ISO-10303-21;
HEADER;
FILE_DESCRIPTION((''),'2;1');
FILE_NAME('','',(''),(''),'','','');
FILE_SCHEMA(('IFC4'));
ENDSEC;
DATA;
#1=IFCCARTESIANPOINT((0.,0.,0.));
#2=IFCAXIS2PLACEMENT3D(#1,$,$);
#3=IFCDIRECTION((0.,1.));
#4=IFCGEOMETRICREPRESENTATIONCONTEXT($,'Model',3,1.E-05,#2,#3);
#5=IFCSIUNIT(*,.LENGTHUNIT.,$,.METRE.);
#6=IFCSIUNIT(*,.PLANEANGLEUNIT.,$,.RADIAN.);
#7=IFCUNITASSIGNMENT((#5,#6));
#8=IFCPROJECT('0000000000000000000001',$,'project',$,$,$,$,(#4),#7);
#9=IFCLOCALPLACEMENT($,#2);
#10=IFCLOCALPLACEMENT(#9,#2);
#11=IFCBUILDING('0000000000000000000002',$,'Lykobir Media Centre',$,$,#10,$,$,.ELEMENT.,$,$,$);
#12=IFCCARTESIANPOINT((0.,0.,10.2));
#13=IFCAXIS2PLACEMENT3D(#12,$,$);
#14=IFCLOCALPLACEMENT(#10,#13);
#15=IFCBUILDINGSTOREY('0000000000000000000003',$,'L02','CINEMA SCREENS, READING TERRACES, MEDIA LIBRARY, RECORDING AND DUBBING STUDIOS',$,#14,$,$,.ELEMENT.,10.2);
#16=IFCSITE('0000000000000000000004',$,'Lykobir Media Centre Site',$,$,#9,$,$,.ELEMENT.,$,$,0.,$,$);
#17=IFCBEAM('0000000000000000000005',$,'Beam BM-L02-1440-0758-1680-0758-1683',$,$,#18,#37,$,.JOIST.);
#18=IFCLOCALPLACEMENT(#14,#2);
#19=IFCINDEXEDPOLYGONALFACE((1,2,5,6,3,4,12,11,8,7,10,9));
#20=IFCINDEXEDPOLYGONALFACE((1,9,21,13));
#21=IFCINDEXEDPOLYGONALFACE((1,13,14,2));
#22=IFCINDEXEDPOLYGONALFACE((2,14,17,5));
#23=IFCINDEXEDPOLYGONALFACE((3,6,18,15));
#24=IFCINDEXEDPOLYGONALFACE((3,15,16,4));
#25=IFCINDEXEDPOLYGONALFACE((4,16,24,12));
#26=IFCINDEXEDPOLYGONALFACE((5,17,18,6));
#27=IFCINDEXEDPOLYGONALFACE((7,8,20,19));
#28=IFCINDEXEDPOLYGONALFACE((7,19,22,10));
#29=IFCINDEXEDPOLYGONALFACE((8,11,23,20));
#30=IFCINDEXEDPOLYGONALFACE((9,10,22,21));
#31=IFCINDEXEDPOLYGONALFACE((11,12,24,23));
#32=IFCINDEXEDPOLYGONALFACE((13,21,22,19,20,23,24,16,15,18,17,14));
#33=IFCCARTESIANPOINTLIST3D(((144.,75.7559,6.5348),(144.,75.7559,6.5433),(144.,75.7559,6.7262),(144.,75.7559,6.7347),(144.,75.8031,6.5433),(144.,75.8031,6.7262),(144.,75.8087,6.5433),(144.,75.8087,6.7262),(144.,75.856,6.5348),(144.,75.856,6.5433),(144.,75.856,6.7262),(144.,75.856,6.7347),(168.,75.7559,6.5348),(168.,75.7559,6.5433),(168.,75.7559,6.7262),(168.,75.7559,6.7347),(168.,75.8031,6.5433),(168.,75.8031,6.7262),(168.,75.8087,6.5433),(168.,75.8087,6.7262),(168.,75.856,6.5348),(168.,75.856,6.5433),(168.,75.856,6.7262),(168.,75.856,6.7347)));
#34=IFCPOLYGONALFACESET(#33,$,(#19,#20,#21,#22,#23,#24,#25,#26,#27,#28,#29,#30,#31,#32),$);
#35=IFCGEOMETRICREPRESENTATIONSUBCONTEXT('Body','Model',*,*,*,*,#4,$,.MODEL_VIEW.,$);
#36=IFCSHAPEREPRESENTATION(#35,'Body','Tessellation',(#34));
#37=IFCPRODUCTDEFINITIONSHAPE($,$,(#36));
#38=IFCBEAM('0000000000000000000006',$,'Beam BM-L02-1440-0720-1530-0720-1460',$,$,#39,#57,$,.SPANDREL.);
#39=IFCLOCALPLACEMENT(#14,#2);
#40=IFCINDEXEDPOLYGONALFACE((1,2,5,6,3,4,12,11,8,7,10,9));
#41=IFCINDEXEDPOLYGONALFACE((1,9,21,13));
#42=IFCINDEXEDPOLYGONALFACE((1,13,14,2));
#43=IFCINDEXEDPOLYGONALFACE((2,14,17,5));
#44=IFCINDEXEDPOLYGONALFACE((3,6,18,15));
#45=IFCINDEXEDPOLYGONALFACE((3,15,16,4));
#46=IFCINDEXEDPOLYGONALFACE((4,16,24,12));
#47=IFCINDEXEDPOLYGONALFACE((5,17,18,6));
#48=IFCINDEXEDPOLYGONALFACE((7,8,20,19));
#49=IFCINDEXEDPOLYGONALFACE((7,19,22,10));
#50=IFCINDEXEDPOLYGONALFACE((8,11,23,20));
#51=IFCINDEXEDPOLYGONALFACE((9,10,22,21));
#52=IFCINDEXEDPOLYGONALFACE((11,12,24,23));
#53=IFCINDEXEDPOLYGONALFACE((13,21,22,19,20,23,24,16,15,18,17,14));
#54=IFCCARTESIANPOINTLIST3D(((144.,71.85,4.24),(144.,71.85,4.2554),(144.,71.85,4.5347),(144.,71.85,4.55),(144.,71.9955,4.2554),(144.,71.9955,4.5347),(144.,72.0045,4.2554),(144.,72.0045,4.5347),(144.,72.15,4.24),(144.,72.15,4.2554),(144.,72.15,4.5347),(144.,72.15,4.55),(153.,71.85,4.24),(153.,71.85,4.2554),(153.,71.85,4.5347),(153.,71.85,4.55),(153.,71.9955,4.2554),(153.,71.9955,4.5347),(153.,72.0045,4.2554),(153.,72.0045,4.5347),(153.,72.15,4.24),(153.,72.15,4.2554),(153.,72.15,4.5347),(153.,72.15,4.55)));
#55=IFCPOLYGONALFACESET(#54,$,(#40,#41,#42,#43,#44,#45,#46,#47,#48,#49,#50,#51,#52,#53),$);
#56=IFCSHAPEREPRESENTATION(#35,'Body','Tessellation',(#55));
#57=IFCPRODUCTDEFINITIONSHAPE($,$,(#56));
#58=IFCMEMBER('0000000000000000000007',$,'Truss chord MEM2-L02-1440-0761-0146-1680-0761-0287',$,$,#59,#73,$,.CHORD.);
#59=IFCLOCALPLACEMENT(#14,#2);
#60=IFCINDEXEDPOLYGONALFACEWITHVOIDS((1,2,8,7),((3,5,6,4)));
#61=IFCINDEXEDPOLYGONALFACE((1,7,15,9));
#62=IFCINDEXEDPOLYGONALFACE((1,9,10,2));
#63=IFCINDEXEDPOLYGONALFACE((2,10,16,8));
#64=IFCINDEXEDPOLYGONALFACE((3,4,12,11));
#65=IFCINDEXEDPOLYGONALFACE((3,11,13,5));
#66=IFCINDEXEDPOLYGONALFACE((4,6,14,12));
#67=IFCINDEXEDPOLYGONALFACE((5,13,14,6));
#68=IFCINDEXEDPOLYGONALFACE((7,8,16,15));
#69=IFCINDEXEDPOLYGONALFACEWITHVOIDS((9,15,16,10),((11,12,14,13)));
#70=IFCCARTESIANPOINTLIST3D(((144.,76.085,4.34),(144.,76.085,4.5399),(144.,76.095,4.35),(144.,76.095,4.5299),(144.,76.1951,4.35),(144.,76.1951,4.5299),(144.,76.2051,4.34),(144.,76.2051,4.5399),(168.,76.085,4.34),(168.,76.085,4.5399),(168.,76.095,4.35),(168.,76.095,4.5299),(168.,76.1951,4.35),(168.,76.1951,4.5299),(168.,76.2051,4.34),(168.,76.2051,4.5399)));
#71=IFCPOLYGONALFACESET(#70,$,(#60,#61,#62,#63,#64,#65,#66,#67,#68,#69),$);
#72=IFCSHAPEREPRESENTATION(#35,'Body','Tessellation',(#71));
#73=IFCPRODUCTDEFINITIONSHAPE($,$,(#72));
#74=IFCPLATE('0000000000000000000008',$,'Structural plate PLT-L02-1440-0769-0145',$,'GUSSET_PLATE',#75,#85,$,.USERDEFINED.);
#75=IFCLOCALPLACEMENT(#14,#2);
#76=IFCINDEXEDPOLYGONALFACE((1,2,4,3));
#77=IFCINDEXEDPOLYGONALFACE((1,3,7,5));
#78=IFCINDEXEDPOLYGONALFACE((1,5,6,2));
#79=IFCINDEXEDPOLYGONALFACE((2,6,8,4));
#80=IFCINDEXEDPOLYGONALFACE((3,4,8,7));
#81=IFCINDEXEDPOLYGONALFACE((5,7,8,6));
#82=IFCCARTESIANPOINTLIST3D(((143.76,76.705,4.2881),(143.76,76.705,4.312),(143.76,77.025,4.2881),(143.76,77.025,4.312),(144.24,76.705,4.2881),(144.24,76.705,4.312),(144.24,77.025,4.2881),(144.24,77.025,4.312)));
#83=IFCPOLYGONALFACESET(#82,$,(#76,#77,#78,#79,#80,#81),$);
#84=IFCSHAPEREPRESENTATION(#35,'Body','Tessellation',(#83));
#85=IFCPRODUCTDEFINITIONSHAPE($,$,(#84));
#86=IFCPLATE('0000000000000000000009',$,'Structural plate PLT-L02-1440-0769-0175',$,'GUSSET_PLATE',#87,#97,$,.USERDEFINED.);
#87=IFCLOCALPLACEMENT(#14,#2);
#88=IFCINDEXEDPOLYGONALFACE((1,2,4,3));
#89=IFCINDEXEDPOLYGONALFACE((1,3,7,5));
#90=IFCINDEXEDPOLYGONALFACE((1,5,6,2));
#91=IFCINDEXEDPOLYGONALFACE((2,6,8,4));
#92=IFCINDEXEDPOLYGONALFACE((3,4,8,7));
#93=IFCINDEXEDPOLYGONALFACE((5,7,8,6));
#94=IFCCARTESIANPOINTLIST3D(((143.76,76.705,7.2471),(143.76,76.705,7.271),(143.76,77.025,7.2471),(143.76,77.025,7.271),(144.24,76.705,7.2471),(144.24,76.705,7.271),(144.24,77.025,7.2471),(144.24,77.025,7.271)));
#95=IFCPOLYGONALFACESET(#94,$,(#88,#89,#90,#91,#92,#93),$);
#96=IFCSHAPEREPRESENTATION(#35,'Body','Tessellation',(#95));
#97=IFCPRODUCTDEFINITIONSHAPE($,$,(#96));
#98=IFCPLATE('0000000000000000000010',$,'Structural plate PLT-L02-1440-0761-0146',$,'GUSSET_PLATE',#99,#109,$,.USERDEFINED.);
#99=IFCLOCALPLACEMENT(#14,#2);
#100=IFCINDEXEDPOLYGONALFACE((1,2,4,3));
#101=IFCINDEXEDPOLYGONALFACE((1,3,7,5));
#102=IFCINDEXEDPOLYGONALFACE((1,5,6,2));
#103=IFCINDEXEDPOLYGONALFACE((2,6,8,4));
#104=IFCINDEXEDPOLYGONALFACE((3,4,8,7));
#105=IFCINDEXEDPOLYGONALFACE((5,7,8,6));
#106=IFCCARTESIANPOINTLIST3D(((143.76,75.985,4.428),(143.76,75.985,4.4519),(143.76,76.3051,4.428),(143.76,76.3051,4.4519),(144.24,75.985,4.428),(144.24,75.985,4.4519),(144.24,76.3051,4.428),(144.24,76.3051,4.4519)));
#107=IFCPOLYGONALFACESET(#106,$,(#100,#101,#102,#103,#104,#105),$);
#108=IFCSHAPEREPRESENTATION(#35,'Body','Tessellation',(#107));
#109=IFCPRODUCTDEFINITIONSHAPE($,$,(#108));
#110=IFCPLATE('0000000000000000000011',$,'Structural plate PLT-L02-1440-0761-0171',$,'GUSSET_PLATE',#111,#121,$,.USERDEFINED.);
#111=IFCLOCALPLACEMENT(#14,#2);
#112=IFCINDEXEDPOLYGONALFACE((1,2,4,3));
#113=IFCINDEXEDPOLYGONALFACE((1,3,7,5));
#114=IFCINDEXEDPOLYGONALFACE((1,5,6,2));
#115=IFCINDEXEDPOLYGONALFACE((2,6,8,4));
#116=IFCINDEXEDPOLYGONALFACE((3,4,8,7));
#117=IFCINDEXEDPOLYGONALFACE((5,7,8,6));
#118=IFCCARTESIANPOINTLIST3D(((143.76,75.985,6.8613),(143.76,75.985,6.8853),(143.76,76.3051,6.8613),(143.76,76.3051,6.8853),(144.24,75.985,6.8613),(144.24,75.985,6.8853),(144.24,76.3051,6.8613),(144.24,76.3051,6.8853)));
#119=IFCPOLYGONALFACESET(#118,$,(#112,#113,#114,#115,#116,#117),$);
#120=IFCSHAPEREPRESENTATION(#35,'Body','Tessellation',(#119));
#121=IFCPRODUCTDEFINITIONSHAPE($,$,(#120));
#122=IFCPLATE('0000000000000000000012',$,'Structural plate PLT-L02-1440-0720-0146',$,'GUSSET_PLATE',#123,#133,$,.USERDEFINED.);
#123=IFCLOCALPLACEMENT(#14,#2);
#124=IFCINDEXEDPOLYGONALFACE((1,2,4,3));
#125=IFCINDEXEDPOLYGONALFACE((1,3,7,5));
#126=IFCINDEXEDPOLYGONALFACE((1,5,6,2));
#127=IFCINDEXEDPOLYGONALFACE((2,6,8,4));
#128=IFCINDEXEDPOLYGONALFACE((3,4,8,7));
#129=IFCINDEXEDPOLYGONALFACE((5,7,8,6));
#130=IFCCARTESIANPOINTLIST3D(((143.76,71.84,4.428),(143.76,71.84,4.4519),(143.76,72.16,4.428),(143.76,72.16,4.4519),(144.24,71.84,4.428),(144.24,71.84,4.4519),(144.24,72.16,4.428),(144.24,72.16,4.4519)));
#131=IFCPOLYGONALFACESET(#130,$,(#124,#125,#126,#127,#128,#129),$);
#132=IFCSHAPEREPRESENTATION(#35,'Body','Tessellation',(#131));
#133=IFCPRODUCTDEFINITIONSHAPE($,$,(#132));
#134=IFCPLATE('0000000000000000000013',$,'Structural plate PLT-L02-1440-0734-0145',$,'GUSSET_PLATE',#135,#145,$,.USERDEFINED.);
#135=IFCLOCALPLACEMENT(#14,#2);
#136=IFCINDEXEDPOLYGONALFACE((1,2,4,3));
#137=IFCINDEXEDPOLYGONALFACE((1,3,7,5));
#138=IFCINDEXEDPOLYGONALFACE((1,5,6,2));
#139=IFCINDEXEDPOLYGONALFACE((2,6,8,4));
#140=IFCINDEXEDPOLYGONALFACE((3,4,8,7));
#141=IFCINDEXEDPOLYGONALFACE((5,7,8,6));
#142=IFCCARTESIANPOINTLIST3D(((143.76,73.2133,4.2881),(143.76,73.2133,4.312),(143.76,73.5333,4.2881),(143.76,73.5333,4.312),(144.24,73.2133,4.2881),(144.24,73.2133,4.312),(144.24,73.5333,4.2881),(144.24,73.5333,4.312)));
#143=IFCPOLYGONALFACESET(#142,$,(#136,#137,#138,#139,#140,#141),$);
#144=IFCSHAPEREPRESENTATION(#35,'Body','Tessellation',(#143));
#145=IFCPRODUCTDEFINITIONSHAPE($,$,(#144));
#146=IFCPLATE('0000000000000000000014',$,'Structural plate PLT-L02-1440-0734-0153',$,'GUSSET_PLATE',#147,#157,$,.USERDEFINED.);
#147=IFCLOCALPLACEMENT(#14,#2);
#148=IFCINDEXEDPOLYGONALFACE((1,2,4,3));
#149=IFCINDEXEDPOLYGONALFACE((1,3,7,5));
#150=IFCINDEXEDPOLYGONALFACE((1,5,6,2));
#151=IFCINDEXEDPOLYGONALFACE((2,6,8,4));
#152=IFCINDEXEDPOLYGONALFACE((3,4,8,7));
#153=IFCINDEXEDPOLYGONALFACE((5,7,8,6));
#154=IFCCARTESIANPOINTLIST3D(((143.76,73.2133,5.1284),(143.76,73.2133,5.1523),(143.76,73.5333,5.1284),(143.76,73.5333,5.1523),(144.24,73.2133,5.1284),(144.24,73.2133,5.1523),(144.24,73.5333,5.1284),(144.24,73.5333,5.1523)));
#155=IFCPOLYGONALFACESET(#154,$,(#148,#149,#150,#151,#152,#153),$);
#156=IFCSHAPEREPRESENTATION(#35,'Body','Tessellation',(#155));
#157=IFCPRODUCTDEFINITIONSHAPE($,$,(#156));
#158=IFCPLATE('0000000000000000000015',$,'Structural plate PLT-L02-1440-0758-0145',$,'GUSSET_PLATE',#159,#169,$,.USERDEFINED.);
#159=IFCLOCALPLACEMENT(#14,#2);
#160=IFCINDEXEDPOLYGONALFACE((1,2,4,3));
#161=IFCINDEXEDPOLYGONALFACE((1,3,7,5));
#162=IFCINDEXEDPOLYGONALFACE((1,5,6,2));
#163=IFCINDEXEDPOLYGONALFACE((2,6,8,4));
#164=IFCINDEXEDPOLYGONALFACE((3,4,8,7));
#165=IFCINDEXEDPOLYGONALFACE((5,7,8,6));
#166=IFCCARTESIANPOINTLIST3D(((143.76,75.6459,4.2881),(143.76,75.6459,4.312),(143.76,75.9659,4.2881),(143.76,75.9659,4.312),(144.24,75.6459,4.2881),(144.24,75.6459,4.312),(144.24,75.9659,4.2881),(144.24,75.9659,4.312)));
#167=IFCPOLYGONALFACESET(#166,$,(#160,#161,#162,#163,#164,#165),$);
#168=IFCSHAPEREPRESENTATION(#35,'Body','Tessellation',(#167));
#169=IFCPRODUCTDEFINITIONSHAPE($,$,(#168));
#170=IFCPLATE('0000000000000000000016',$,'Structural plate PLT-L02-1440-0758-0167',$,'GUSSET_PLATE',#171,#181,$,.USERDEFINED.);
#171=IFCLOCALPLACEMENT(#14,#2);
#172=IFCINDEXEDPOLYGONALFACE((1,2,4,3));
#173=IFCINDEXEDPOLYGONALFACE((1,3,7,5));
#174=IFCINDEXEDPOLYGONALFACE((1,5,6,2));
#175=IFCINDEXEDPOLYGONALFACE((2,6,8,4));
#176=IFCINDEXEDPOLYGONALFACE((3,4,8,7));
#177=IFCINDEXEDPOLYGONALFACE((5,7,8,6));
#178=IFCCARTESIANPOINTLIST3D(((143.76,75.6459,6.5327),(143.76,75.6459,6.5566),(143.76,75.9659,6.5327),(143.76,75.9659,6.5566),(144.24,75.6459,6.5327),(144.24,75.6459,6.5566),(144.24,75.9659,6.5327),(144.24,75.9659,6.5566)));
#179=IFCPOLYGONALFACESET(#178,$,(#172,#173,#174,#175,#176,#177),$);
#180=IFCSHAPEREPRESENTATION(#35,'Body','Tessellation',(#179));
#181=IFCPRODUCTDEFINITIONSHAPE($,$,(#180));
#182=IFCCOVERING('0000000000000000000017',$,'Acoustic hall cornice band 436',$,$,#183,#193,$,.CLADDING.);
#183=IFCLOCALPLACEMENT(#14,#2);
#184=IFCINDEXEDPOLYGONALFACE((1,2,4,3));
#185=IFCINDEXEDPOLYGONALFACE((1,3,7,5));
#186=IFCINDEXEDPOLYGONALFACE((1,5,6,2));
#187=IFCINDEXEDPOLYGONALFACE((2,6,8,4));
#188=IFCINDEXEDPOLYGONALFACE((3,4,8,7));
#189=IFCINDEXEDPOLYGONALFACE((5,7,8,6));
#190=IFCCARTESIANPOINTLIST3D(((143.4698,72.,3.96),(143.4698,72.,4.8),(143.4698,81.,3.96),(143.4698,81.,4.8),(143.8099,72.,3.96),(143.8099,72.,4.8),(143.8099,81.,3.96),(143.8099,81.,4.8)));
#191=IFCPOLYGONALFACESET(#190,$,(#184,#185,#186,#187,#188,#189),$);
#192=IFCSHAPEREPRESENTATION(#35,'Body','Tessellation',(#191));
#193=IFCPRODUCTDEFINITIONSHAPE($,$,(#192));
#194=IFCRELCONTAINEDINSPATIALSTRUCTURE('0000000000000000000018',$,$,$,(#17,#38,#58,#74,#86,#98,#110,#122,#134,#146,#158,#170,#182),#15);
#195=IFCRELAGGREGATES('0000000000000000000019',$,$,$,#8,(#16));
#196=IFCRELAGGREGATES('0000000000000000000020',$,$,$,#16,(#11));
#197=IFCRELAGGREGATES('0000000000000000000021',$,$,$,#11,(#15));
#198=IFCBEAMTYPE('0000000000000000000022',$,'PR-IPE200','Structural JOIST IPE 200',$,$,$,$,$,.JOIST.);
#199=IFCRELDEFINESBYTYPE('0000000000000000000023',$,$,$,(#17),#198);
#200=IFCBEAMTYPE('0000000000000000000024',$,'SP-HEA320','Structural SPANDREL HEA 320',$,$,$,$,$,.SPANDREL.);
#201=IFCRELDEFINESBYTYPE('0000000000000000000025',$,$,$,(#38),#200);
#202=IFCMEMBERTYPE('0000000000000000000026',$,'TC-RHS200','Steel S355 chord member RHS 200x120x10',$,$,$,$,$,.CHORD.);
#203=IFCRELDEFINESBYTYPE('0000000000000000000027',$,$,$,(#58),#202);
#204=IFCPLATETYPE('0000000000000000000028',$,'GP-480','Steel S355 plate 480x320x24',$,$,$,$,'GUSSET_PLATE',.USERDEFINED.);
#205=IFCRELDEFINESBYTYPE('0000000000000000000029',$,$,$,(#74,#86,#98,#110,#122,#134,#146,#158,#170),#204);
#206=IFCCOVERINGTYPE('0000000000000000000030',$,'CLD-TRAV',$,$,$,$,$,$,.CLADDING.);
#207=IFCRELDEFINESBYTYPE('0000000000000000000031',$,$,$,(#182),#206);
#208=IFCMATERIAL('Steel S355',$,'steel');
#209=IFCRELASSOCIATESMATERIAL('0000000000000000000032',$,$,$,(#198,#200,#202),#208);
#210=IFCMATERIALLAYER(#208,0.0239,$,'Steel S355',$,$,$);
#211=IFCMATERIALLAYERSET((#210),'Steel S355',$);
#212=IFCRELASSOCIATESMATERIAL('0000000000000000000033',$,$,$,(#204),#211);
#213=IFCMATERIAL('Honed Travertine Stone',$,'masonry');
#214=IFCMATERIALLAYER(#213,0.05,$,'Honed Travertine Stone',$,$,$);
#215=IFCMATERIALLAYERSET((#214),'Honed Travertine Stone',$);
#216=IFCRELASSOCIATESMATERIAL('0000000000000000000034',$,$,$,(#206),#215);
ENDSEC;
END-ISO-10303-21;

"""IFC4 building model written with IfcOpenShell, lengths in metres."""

from ifc_helpers import new_model, si_unit, direction, frame, origin, origin_2d, place, context, subcontext, project, spatial, rectangle, hollow_rectangle, i_section, extrude, material, layer, layer_set, material_profile, profile_set, type_object, element, save


model = new_model("IFC4")

# Units and contexts
model_context = context("Model", 3, precision=1e-05, world=origin(), true_north=direction((0.0, 1.0)))
body_context = subcontext(model_context, "Body", "Model", "MODEL_VIEW")
ifc_project = project(units=[si_unit("LENGTHUNIT", "METRE"), si_unit("PLANEANGLEUNIT", "RADIAN")], contexts=[model_context])

# Site, building, storey
site_placement = place(None, origin())
site = spatial("IfcSite", under=ifc_project, at=site_placement, Name="Lykobir Media Centre Site", CompositionType="ELEMENT", RefElevation=0.0)
building_placement = place(site_placement, origin())
building = spatial("IfcBuilding", under=site, at=building_placement, Name="Lykobir Media Centre", CompositionType="ELEMENT")
storey_placement = place(building_placement, frame((0.0, 0.0, 10.2)))
storey = spatial("IfcBuildingStorey", under=building, at=storey_placement, Name="L02", Description="CINEMA SCREENS, READING TERRACES, MEDIA LIBRARY, RECORDING AND DUBBING STUDIOS", CompositionType="ELEMENT", Elevation=10.2)

# Shared definitions
ifc_material_1 = material(Name="Steel S355", Category="steel")

# Beams
ifc_material_profile_1 = material_profile(ifc_material_1, i_section(OverallWidth=0.1001, OverallDepth=0.2, WebThickness=0.0056, FlangeThickness=0.0085, at=origin_2d()), Name="IPE 200")
ifc_profile_set_1 = profile_set([ifc_material_profile_1], Name="Steel S355")
beam_type_1 = type_object("IfcBeamType", Name="PR-IPE200", Description="Structural JOIST IPE 200", PredefinedType="JOIST", material=ifc_profile_set_1)
for number, where, z_axis, x_axis, name in (
    (1, (144.0, 75.8059, 6.6348), (1.0, 0.0, 0.0), (0.0, 1.0, 0.0), "Beam BM-L02-1440-0758-1680-0758-1683"),
):
    element("IfcBeam", number, at=place(storey_placement, frame(where, z_axis=z_axis, x_axis=x_axis)), inside=storey, type_object=beam_type_1, Name=name, PredefinedType="JOIST", context=body_context, shape_type="SweptSolid", body=[
        extrude(i_section(OverallWidth=0.1001, OverallDepth=0.2, WebThickness=0.0056, FlangeThickness=0.0085, at=origin_2d()), origin(), (0.0, 0.0, 1.0), 24.0),
    ])
ifc_material_profile_2 = material_profile(ifc_material_1, i_section(OverallWidth=0.3, OverallDepth=0.3101, WebThickness=0.009, FlangeThickness=0.0154, at=origin_2d()), Name="HEA 320")
ifc_profile_set_2 = profile_set([ifc_material_profile_2], Name="Steel S355")
beam_type_2 = type_object("IfcBeamType", Name="SP-HEA320", Description="Structural SPANDREL HEA 320", PredefinedType="SPANDREL", material=ifc_profile_set_2)
beam_1_placement = place(storey_placement, frame((144.0, 72.0, 4.395), z_axis=(1.0, 0.0, 0.0), x_axis=(0.0, 1.0, 0.0)))
element("IfcBeam", 2, at=beam_1_placement, inside=storey, type_object=beam_type_2, Name="Beam BM-L02-1440-0720-1530-0720-1460", PredefinedType="SPANDREL", context=body_context, shape_type="SweptSolid", body=[
    extrude(i_section(OverallWidth=0.3, OverallDepth=0.3101, WebThickness=0.009, FlangeThickness=0.0154, at=origin_2d()), origin(), (0.0, 0.0, 1.0), 9.0),
])

# Member
ifc_material_profile_3 = material_profile(ifc_material_1, hollow_rectangle(XDim=0.1201, YDim=0.2, WallThickness=0.01, at=origin_2d()), Name="RHS 200x120x10")
ifc_profile_set_3 = profile_set([ifc_material_profile_3], Name="Steel S355")
member_type_1 = type_object("IfcMemberType", Name="TC-RHS200", Description="Steel S355 chord member RHS 200x120x10", PredefinedType="CHORD", material=ifc_profile_set_3)
member_1_placement = place(storey_placement, frame((144.0, 76.145, 4.4399), z_axis=(1.0, 0.0, 0.0), x_axis=(0.0, 1.0, 0.0)))
element("IfcMember", 3, at=member_1_placement, inside=storey, type_object=member_type_1, Name="Truss chord MEM2-L02-1440-0761-0146-1680-0761-0287", PredefinedType="CHORD", context=body_context, shape_type="SweptSolid", body=[
    extrude(hollow_rectangle(XDim=0.1201, YDim=0.2, WallThickness=0.01, at=origin_2d()), origin(), (0.0, 0.0, 1.0), 24.0),
])

# Plates
ifc_layer_1 = layer(ifc_material_1, 0.0239, Name="Steel S355")
ifc_layer_set_1 = layer_set([ifc_layer_1], Name="Steel S355")
plate_type = type_object("IfcPlateType", Name="GP-480", Description="Steel S355 plate 480x320x24", ElementType="GUSSET_PLATE", PredefinedType="USERDEFINED", material=ifc_layer_set_1)
for number, where, z_axis, x_axis, name in (
    (4, (144.0, 76.865, 4.2881), (0.0, 0.0, 1.0), (1.0, 0.0, 0.0), "Structural plate PLT-L02-1440-0769-0145"),
    (5, (144.0, 76.865, 7.2471), (0.0, 0.0, 1.0), (1.0, 0.0, 0.0), "Structural plate PLT-L02-1440-0769-0175"),
    (6, (144.0, 76.145, 4.428), (0.0, 0.0, 1.0), (1.0, 0.0, 0.0), "Structural plate PLT-L02-1440-0761-0146"),
    (7, (144.0, 76.145, 6.8613), (0.0, 0.0, 1.0), (1.0, 0.0, 0.0), "Structural plate PLT-L02-1440-0761-0171"),
    (8, (144.0, 72.0, 4.428), (0.0, 0.0, 1.0), (1.0, 0.0, 0.0), "Structural plate PLT-L02-1440-0720-0146"),
    (9, (144.0, 73.3733, 4.2881), (0.0, 0.0, 1.0), (1.0, 0.0, 0.0), "Structural plate PLT-L02-1440-0734-0145"),
    (10, (144.0, 73.3733, 5.1284), (0.0, 0.0, 1.0), (1.0, 0.0, 0.0), "Structural plate PLT-L02-1440-0734-0153"),
    (11, (144.0, 75.8059, 4.2881), (0.0, 0.0, 1.0), (1.0, 0.0, 0.0), "Structural plate PLT-L02-1440-0758-0145"),
    (12, (144.0, 75.8059, 6.5327), (0.0, 0.0, 1.0), (1.0, 0.0, 0.0), "Structural plate PLT-L02-1440-0758-0167"),
):
    element("IfcPlate", number, at=place(storey_placement, frame(where, z_axis=z_axis, x_axis=x_axis)), inside=storey, type_object=plate_type, Name=name, ObjectType="GUSSET_PLATE", PredefinedType="USERDEFINED", context=body_context, shape_type="SweptSolid", body=[
        extrude(rectangle(XDim=0.48, YDim=0.3201, at=origin_2d()), origin(), (0.0, 0.0, 1.0), 0.0239),
    ])

# Covering
ifc_material_2 = material(Name="Honed Travertine Stone", Category="masonry")
ifc_layer_2 = layer(ifc_material_2, 0.05, Name="Honed Travertine Stone")
ifc_layer_set_2 = layer_set([ifc_layer_2], Name="Honed Travertine Stone")
covering_type = type_object("IfcCoveringType", Name="CLD-TRAV", PredefinedType="CLADDING", material=ifc_layer_set_2)
covering_placement = place(storey_placement, frame((143.6399, 76.5, 3.96), z_axis=(0.0, 0.0, 1.0), x_axis=(0.0, -1.0, 0.0)))
element("IfcCovering", 13, at=covering_placement, inside=storey, type_object=covering_type, Name="Acoustic hall cornice band 436", PredefinedType="CLADDING", context=body_context, shape_type="SweptSolid", body=[
    extrude(rectangle(XDim=9.0, YDim=0.3401, at=origin_2d()), origin(), (0.0, 0.0, 1.0), 0.8401),
])

save(model, "model.ifc")
